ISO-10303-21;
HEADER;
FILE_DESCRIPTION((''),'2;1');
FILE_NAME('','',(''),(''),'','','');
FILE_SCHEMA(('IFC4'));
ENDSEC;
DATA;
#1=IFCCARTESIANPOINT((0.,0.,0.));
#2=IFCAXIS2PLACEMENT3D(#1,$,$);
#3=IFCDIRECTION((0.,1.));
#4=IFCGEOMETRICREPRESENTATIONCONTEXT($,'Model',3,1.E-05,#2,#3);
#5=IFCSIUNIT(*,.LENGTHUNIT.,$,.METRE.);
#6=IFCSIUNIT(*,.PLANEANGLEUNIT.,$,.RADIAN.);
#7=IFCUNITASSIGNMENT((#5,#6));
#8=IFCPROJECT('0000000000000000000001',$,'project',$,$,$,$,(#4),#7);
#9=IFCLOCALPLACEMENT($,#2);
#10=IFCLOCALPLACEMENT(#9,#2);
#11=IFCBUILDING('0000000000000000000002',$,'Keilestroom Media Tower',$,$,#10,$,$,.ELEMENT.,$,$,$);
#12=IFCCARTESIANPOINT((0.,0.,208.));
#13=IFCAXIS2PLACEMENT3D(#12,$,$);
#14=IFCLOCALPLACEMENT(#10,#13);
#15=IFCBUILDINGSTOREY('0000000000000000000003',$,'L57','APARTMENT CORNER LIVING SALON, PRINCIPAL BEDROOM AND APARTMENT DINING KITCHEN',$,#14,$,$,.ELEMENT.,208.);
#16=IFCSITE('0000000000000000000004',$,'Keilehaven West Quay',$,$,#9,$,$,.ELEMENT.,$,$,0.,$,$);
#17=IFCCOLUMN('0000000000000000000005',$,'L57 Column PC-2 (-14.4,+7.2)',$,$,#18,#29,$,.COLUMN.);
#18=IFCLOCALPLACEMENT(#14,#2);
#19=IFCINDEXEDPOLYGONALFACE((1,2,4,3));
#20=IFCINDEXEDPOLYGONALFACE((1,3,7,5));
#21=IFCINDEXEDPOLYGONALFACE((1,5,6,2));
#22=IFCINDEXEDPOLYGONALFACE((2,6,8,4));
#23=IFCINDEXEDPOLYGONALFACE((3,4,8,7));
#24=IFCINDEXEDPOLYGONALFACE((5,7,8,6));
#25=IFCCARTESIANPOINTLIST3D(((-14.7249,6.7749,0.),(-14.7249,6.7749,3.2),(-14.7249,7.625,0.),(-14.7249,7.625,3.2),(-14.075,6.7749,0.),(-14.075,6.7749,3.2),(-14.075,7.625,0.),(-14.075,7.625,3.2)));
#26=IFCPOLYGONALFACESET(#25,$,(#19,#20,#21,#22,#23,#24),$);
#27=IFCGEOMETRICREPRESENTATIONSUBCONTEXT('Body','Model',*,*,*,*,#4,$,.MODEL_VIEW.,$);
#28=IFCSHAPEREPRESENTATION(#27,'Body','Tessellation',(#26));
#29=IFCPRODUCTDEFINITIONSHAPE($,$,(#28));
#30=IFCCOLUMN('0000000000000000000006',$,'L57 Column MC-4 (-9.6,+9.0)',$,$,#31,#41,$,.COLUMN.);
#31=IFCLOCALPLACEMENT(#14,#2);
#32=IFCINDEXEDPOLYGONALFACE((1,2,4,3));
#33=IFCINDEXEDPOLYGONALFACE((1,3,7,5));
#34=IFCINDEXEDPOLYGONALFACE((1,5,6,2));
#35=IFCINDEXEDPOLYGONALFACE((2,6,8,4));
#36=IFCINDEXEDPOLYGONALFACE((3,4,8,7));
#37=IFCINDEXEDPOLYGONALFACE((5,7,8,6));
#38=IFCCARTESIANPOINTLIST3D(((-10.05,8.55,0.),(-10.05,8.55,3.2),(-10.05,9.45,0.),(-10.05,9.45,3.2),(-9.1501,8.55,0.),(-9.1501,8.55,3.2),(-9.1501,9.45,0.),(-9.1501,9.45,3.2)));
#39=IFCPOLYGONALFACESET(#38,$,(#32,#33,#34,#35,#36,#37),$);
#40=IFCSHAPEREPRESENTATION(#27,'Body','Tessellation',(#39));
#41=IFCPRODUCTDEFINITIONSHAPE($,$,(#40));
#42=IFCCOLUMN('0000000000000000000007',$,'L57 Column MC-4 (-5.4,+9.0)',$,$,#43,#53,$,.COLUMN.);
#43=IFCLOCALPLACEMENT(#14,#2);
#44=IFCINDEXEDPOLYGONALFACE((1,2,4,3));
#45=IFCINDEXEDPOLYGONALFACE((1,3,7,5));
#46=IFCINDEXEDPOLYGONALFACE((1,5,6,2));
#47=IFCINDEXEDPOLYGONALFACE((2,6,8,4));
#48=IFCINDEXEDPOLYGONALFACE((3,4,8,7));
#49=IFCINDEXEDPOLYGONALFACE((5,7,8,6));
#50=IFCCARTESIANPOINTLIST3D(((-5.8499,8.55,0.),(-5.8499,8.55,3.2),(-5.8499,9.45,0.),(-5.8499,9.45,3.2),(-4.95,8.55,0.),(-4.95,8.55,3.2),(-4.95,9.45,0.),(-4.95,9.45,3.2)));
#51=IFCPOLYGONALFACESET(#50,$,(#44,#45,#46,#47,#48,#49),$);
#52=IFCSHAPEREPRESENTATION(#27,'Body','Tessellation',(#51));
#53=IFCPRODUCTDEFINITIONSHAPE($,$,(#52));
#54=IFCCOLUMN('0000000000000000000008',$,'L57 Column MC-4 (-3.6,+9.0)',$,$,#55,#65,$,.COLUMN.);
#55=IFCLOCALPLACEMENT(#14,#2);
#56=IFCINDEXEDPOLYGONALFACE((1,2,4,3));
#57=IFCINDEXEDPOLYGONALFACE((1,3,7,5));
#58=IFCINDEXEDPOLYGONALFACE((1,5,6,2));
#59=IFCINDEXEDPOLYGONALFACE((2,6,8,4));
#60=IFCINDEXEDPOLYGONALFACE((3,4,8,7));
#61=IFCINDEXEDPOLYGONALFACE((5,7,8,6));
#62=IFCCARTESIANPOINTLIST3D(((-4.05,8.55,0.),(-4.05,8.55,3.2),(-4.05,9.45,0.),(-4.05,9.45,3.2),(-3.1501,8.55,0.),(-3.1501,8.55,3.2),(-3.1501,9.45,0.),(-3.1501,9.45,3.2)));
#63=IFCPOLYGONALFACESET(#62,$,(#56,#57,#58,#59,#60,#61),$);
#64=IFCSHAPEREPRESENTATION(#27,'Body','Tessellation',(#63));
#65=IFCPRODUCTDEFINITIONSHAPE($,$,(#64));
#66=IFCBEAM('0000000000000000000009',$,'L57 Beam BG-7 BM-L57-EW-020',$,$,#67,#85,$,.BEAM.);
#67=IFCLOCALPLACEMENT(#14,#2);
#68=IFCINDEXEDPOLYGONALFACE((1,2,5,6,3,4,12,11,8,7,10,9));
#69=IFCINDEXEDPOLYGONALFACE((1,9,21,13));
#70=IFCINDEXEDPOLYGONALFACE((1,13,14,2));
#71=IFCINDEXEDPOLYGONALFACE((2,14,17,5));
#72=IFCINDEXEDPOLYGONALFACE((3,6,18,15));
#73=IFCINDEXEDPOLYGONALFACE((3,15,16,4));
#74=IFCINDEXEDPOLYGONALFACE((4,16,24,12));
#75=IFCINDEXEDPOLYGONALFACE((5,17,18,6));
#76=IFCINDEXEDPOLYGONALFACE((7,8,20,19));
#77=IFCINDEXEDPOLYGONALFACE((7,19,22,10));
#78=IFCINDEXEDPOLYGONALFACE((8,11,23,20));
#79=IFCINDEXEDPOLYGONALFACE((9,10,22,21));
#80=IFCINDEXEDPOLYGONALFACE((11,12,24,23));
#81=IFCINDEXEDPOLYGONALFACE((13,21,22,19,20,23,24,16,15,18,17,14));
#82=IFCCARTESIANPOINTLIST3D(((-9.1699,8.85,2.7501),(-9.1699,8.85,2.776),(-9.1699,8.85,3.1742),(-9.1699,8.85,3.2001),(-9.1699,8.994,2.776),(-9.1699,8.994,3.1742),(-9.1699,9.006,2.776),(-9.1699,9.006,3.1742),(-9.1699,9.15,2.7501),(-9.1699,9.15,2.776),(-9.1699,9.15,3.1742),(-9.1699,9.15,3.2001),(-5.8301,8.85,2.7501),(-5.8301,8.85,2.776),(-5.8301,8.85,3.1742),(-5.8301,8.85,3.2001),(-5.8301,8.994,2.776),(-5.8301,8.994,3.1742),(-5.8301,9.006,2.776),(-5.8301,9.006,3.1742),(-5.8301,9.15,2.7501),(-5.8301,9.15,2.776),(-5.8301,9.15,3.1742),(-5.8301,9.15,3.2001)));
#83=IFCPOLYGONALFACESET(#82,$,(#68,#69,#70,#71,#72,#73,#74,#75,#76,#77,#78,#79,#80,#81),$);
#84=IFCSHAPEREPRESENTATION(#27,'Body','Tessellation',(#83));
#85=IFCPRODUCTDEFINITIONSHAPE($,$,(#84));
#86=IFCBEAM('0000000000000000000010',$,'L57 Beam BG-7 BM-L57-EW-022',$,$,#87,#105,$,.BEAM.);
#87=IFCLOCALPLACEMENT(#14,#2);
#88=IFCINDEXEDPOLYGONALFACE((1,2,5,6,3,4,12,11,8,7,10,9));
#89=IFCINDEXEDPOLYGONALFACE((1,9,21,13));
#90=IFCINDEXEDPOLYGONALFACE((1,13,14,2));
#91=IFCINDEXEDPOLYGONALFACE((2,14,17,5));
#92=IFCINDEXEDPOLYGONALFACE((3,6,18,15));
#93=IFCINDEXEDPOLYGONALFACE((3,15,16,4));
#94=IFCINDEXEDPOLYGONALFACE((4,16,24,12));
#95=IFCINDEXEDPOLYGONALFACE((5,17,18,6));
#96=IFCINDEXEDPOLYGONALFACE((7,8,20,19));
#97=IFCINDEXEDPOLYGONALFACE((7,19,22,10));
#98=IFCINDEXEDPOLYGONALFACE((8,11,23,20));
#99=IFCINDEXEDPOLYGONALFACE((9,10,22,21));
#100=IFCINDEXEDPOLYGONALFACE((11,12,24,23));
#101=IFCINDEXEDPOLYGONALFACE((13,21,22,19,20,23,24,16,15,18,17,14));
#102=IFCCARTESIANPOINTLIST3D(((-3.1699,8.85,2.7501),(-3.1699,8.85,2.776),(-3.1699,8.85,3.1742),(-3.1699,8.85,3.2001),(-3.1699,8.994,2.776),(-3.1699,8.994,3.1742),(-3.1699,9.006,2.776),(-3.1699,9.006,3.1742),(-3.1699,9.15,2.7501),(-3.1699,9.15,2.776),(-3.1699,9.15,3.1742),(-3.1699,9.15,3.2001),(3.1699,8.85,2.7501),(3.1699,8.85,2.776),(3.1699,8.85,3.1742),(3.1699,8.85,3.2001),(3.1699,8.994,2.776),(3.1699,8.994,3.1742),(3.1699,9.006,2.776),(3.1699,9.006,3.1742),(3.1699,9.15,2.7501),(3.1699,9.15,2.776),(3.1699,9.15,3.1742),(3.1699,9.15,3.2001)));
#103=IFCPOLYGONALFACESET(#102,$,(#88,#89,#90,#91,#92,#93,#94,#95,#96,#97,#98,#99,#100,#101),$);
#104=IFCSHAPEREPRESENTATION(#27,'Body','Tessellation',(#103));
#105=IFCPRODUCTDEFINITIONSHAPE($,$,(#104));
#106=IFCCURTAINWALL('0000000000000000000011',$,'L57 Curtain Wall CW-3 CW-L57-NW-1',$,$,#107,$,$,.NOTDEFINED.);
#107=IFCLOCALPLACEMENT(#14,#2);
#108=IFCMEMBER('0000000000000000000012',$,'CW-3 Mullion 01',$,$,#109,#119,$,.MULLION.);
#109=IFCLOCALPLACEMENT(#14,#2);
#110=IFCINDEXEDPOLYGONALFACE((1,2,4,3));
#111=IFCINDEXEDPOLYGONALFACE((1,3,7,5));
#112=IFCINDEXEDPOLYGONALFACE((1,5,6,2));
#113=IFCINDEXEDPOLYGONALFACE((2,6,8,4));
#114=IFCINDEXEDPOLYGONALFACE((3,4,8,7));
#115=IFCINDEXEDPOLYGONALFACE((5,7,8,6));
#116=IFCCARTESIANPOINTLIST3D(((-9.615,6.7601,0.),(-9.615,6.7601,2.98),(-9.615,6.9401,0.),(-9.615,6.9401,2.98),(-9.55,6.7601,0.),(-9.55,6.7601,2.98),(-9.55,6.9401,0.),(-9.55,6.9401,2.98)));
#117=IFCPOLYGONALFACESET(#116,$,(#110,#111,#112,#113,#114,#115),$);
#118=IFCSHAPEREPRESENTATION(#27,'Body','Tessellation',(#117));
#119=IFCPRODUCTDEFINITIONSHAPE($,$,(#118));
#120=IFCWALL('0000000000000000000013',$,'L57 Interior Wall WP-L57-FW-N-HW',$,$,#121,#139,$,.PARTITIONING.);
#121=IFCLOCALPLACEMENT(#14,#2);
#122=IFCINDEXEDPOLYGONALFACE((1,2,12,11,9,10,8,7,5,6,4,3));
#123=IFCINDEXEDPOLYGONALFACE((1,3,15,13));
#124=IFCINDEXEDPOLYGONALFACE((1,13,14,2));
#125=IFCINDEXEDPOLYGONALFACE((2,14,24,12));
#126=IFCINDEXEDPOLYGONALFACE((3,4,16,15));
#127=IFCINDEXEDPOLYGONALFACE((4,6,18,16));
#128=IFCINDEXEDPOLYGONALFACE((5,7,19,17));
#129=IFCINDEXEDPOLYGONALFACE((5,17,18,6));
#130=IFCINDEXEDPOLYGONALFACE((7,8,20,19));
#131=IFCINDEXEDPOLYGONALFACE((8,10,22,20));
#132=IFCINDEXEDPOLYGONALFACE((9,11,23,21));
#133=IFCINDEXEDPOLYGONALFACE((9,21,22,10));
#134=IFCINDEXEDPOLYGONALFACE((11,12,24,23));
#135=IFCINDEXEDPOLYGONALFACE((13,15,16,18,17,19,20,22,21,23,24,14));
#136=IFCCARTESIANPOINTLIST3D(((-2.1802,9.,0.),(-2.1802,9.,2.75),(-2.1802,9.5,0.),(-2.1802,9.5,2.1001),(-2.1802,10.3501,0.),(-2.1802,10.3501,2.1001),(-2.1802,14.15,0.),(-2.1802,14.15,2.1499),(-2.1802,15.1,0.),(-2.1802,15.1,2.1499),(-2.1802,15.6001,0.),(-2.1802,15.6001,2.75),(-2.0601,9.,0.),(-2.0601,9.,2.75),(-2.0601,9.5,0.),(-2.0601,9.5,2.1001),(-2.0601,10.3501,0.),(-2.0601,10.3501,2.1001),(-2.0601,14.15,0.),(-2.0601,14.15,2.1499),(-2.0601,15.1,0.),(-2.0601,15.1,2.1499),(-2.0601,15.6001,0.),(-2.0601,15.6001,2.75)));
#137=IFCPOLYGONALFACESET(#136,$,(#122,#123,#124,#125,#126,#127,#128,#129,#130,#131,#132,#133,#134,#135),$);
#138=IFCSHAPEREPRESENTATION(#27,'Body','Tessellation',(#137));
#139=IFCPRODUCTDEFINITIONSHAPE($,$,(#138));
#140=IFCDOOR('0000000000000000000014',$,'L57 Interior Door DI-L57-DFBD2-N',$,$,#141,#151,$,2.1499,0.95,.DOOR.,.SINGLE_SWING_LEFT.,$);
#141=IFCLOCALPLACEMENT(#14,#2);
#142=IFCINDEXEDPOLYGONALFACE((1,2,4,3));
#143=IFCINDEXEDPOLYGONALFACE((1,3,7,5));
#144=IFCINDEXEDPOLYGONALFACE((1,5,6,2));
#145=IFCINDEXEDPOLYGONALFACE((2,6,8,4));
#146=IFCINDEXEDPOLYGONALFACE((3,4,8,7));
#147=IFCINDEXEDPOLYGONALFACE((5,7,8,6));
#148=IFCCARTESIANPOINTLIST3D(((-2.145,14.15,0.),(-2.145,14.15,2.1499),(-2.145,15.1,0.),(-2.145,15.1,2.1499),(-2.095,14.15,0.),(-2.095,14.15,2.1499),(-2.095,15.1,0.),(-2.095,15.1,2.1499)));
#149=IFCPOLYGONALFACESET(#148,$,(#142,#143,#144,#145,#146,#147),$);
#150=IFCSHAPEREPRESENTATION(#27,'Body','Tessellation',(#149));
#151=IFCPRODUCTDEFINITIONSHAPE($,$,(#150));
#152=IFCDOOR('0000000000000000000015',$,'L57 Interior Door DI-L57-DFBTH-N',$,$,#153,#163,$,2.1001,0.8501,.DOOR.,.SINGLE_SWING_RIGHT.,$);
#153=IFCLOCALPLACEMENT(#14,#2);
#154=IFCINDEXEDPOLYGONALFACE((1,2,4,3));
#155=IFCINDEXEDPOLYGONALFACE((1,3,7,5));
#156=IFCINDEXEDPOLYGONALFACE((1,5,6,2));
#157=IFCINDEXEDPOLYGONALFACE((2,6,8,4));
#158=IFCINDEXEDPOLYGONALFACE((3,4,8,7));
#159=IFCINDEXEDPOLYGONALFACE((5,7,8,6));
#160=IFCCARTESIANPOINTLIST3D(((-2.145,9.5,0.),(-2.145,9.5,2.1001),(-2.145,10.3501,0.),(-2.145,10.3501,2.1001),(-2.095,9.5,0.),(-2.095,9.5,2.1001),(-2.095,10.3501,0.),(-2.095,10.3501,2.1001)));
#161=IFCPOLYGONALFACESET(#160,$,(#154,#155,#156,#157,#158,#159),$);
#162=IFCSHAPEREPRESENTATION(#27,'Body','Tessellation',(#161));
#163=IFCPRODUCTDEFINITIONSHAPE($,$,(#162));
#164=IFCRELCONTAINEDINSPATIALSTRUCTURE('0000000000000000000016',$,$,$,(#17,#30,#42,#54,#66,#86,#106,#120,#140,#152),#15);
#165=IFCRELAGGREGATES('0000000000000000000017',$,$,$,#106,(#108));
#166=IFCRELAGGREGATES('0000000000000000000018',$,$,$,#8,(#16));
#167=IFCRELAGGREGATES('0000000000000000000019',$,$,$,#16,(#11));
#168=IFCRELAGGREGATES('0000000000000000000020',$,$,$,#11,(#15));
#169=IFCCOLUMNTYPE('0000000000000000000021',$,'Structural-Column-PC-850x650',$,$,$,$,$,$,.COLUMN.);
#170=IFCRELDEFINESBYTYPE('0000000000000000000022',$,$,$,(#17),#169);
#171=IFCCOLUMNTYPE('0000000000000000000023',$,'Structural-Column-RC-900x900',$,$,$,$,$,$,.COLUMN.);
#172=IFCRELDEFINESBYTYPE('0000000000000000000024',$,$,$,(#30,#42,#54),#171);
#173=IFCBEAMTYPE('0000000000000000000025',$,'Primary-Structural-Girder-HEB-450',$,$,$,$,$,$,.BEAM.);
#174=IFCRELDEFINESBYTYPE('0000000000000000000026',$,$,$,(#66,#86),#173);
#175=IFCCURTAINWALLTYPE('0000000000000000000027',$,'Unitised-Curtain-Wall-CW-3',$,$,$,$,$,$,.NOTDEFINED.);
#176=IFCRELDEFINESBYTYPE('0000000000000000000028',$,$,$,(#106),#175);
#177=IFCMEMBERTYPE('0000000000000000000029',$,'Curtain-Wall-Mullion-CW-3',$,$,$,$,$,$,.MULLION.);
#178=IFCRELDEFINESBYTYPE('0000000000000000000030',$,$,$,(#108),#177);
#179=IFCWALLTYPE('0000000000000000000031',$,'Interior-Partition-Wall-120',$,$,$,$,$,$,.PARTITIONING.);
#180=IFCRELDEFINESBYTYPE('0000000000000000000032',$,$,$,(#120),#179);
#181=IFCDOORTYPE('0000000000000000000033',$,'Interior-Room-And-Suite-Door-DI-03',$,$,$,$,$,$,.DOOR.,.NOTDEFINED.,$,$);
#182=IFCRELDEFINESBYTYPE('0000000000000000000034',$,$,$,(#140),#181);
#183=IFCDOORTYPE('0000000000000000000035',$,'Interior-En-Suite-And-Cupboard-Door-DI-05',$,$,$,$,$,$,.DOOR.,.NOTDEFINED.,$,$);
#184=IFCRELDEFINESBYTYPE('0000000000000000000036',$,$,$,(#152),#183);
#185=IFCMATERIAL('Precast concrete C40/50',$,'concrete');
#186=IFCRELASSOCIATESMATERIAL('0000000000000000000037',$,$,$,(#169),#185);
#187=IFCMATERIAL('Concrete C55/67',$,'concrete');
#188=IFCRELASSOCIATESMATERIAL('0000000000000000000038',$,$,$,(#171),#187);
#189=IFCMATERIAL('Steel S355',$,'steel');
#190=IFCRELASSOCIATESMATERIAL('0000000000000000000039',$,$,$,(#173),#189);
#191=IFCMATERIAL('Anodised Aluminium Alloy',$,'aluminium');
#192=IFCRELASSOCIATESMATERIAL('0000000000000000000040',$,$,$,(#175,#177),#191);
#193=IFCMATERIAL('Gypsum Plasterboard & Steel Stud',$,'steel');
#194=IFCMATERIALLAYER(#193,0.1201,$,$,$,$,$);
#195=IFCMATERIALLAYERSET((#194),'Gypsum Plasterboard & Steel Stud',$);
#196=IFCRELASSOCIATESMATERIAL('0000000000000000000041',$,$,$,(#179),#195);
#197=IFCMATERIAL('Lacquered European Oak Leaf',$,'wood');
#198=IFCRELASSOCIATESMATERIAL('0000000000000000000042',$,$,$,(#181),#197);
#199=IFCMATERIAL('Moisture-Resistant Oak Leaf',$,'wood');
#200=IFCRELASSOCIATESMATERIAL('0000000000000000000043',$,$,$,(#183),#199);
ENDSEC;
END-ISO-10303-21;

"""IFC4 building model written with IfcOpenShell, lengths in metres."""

from ifc_helpers import new_model, si_unit, direction, frame, frame_2d, origin, origin_2d, place, context, subcontext, project, spatial, rectangle, i_section, extrude, source, transform, mapped, material, layer, layer_set, material_profile, profile_set, type_object, element, fill, aggregate, save


model = new_model("IFC4")

# Units and contexts
model_context = context("Model", 3, precision=1e-05, world=origin(), true_north=direction((0.0, 1.0)))
body_context = subcontext(model_context, "Body", "Model", "MODEL_VIEW")
ifc_project = project(units=[si_unit("LENGTHUNIT", "METRE"), si_unit("PLANEANGLEUNIT", "RADIAN")], contexts=[model_context])

# Site, building, storey
site_placement = place(None, origin())
site = spatial("IfcSite", under=ifc_project, at=site_placement, Name="Keilehaven West Quay", CompositionType="ELEMENT", RefElevation=0.0)
building_placement = place(site_placement, origin())
building = spatial("IfcBuilding", under=site, at=building_placement, Name="Keilestroom Media Tower", CompositionType="ELEMENT")
storey_placement = place(building_placement, frame((0.0, 0.0, 208.0)))
storey = spatial("IfcBuildingStorey", under=building, at=storey_placement, Name="L57", Description="APARTMENT CORNER LIVING SALON, PRINCIPAL BEDROOM AND APARTMENT DINING KITCHEN", CompositionType="ELEMENT", Elevation=208.0)

# Columns
ifc_material_1 = material(Name="Precast concrete C40/50", Category="concrete")
ifc_material_profile_1 = material_profile(ifc_material_1, rectangle(XDim=0.6499, YDim=0.8501, at=origin_2d()), Name="PC 850x650")
ifc_profile_set_1 = profile_set([ifc_material_profile_1], Name="Precast concrete C40/50")
column_type_1 = type_object("IfcColumnType", Name="Structural-Column-PC-850x650", PredefinedType="COLUMN", material=ifc_profile_set_1)
shared_shape_1 = source(origin(), body_context, "Body", "SweptSolid", [
    extrude(rectangle(XDim=0.6499, YDim=0.8501, at=origin_2d()), origin(), (0.0, 0.0, 1.0), 3.2),
])
column_placement = place(storey_placement, frame((-14.3999, 7.2, 0.0), z_axis=(0.0, 0.0, 1.0), x_axis=(1.0, 0.0, 0.0)))
element("IfcColumn", 1, at=column_placement, inside=storey, type_object=column_type_1, Name="L57 Column PC-2 (-14.4,+7.2)", PredefinedType="COLUMN", context=body_context, shape_type="MappedRepresentation", body=[
    mapped(shared_shape_1, transform((0.0, 0.0, 0.0), x_axis=(1.0, 0.0, 0.0), y_axis=(0.0, 1.0, 0.0), z_axis=(0.0, 0.0, 1.0), scale=1.0)),
])
ifc_material_2 = material(Name="Concrete C55/67", Category="concrete")
ifc_material_profile_2 = material_profile(ifc_material_2, rectangle(XDim=0.8999, YDim=0.8999, at=origin_2d()), Name="RC 900x900")
ifc_profile_set_2 = profile_set([ifc_material_profile_2], Name="Concrete C55/67")
column_type_2 = type_object("IfcColumnType", Name="Structural-Column-RC-900x900", PredefinedType="COLUMN", material=ifc_profile_set_2)
shared_shape_2 = source(origin(), body_context, "Body", "SweptSolid", [
    extrude(rectangle(XDim=0.8999, YDim=0.8999, at=origin_2d()), origin(), (0.0, 0.0, 1.0), 3.2),
])
for number, where, z_axis, x_axis, name in (
    (2, (-9.6001, 9.0, 0.0), (0.0, 0.0, 1.0), (1.0, 0.0, 0.0), "L57 Column MC-4 (-9.6,+9.0)"),
    (3, (-5.3999, 9.0, 0.0), (0.0, 0.0, 1.0), (1.0, 0.0, 0.0), "L57 Column MC-4 (-5.4,+9.0)"),
    (4, (-3.6001, 9.0, 0.0), (0.0, 0.0, 1.0), (1.0, 0.0, 0.0), "L57 Column MC-4 (-3.6,+9.0)"),
):
    element("IfcColumn", number, at=place(storey_placement, frame(where, z_axis=z_axis, x_axis=x_axis)), inside=storey, type_object=column_type_2, Name=name, PredefinedType="COLUMN", context=body_context, shape_type="MappedRepresentation", body=[
        mapped(shared_shape_2, transform((0.0, 0.0, 0.0), x_axis=(1.0, 0.0, 0.0), y_axis=(0.0, 1.0, 0.0), z_axis=(0.0, 0.0, 1.0), scale=1.0)),
    ])

# Beams
ifc_material_3 = material(Name="Steel S355", Category="steel")
ifc_material_profile_3 = material_profile(ifc_material_3, i_section(OverallWidth=0.3, OverallDepth=0.45, WebThickness=0.012, FlangeThickness=0.0259, at=origin_2d()), Name="HEB 450")
ifc_profile_set_3 = profile_set([ifc_material_profile_3], Name="Steel S355")
beam_type = type_object("IfcBeamType", Name="Primary-Structural-Girder-HEB-450", PredefinedType="BEAM", material=ifc_profile_set_3)
shared_shape_3 = source(origin(), body_context, "Body", "SweptSolid", [
    extrude(i_section(OverallWidth=0.3, OverallDepth=0.45, WebThickness=0.012, FlangeThickness=0.0259, at=origin_2d()), origin(), (0.0, 0.0, 1.0), 3.3398),
])
beam_1_placement = place(storey_placement, frame((-9.1699, 9.0, 2.9751), z_axis=(1.0, 0.0, 0.0), x_axis=(0.0, 1.0, 0.0)))
element("IfcBeam", 5, at=beam_1_placement, inside=storey, type_object=beam_type, Name="L57 Beam BG-7 BM-L57-EW-020", PredefinedType="BEAM", context=body_context, shape_type="MappedRepresentation", body=[
    mapped(shared_shape_3, transform((0.0, 0.0, 0.0), x_axis=(1.0, 0.0, 0.0), y_axis=(0.0, 1.0, 0.0), z_axis=(0.0, 0.0, 1.0), scale=1.0)),
])
shared_shape_4 = source(origin(), body_context, "Body", "SweptSolid", [
    extrude(i_section(OverallWidth=0.3, OverallDepth=0.45, WebThickness=0.012, FlangeThickness=0.0259, at=origin_2d()), origin(), (0.0, 0.0, 1.0), 6.3398),
])
beam_2_placement = place(storey_placement, frame((-3.1699, 9.0, 2.9751), z_axis=(1.0, 0.0, 0.0), x_axis=(0.0, 1.0, 0.0)))
element("IfcBeam", 6, at=beam_2_placement, inside=storey, type_object=beam_type, Name="L57 Beam BG-7 BM-L57-EW-022", PredefinedType="BEAM", context=body_context, shape_type="MappedRepresentation", body=[
    mapped(shared_shape_4, transform((0.0, 0.0, 0.0), x_axis=(1.0, 0.0, 0.0), y_axis=(0.0, 1.0, 0.0), z_axis=(0.0, 0.0, 1.0), scale=1.0)),
])

# Curtain wall, member
ifc_material_4 = material(Name="Anodised Aluminium Alloy", Category="aluminium")
curtain_wall_type = type_object("IfcCurtainWallType", Name="Unitised-Curtain-Wall-CW-3", PredefinedType="NOTDEFINED", material=ifc_material_4)
curtain_wall_placement = place(storey_placement, origin())
curtain_wall = element("IfcCurtainWall", 7, at=curtain_wall_placement, inside=storey, type_object=curtain_wall_type, Name="L57 Curtain Wall CW-3 CW-L57-NW-1", PredefinedType="NOTDEFINED")
ifc_material_profile_4 = material_profile(ifc_material_4, rectangle(XDim=0.0649, YDim=0.1799, at=origin_2d()), Name="ALU MULLION 65x180")
ifc_profile_set_4 = profile_set([ifc_material_profile_4], Name="Anodised Aluminium Alloy")
member_type = type_object("IfcMemberType", Name="Curtain-Wall-Mullion-CW-3", PredefinedType="MULLION", material=ifc_profile_set_4)
shared_shape_5 = source(origin(), body_context, "Body", "SweptSolid", [
    extrude(rectangle(XDim=0.0649, YDim=0.1799, at=origin_2d()), origin(), (0.0, 0.0, 1.0), 2.98),
])
member_placement = place(storey_placement, frame((-9.5825, 6.8501, 0.0), z_axis=(0.0, 0.0, 1.0), x_axis=(1.0, 0.0, 0.0)))
member = element("IfcMember", 8, at=member_placement, type_object=member_type, Name="CW-3 Mullion 01", PredefinedType="MULLION", context=body_context, shape_type="MappedRepresentation", body=[
    mapped(shared_shape_5, transform((0.0, 0.0, 0.0), x_axis=(1.0, 0.0, 0.0), y_axis=(0.0, 1.0, 0.0), z_axis=(0.0, 0.0, 1.0), scale=1.0)),
])
aggregate(curtain_wall, [member])

# Wall, openings, doors
ifc_material_5 = material(Name="Gypsum Plasterboard & Steel Stud", Category="steel")
ifc_layer_1 = layer(ifc_material_5, 0.1201)
ifc_layer_set_1 = layer_set([ifc_layer_1], Name="Gypsum Plasterboard & Steel Stud")
wall_type_1 = type_object("IfcWallType", Name="Interior-Partition-Wall-120", PredefinedType="PARTITIONING", material=ifc_layer_set_1)
wall_1_placement = place(storey_placement, frame((-2.1201, 9.0, 0.0), z_axis=(0.0, 0.0, 1.0), x_axis=(0.0, 1.0, 0.0)))
wall_1 = element("IfcWall", 9, at=wall_1_placement, inside=storey, type_object=wall_type_1, Name="L57 Interior Wall WP-L57-FW-N-HW", PredefinedType="PARTITIONING", context=body_context, shape_type="SweptSolid", body=[
    extrude(rectangle(XDim=6.6001, YDim=0.1201, at=frame_2d((3.3, 0.0))), origin(), (0.0, 0.0, 1.0), 2.75),
])
opening_1_placement = place(wall_1_placement, frame((0.5, 0.0, 0.0)))
opening_1 = element("IfcOpeningElement", 10, at=opening_1_placement, cuts=wall_1, PredefinedType="OPENING", context=body_context, shape_type="SweptSolid", body=[
    extrude(rectangle(XDim=0.8501, YDim=2.1001, at=frame_2d((0.425, 1.05))), frame((0.0, 0.0701, 0.0), z_axis=(0.0, -1.0, 0.0), x_axis=(1.0, 0.0, 0.0)), (0.0, 0.0, 1.0), 0.1401),
])
opening_2_placement = place(wall_1_placement, frame((5.1499, 0.0, 0.0)))
opening_2 = element("IfcOpeningElement", 11, at=opening_2_placement, cuts=wall_1, PredefinedType="OPENING", context=body_context, shape_type="SweptSolid", body=[
    extrude(rectangle(XDim=0.95, YDim=2.1499, at=frame_2d((0.4751, 1.075))), frame((0.0, 0.0701, 0.0), z_axis=(0.0, -1.0, 0.0), x_axis=(1.0, 0.0, 0.0)), (0.0, 0.0, 1.0), 0.1401),
])
ifc_material_6 = material(Name="Lacquered European Oak Leaf", Category="wood")
door_type_1 = type_object("IfcDoorType", Name="Interior-Room-And-Suite-Door-DI-03", OperationType="NOTDEFINED", PredefinedType="DOOR", material=ifc_material_6)
shared_shape_6 = source(origin(), body_context, "Body", "SweptSolid", [
    extrude(rectangle(XDim=0.95, YDim=2.1499, at=frame_2d((0.4751, 1.075))), frame((0.0, 0.0249, 0.0), z_axis=(0.0, -1.0, 0.0), x_axis=(1.0, 0.0, 0.0)), (0.0, 0.0, 1.0), 0.05),
])
door_1_placement = place(opening_2_placement, origin())
door_1 = element("IfcDoor", 12, at=door_1_placement, inside=storey, type_object=door_type_1, Name="L57 Interior Door DI-L57-DFBD2-N", OperationType="SINGLE_SWING_LEFT", OverallHeight=2.1499, OverallWidth=0.95, PredefinedType="DOOR", context=body_context, shape_type="MappedRepresentation", body=[
    mapped(shared_shape_6, transform((0.0, 0.0, 0.0), x_axis=(1.0, 0.0, 0.0), y_axis=(0.0, 1.0, 0.0), z_axis=(0.0, 0.0, 1.0), scale=1.0)),
])
fill(opening_2, door_1)
ifc_material_7 = material(Name="Moisture-Resistant Oak Leaf", Category="wood")
door_type_2 = type_object("IfcDoorType", Name="Interior-En-Suite-And-Cupboard-Door-DI-05", OperationType="NOTDEFINED", PredefinedType="DOOR", material=ifc_material_7)
shared_shape_7 = source(origin(), body_context, "Body", "SweptSolid", [
    extrude(rectangle(XDim=0.8501, YDim=2.1001, at=frame_2d((0.425, 1.05))), frame((0.0, 0.0249, 0.0), z_axis=(0.0, -1.0, 0.0), x_axis=(1.0, 0.0, 0.0)), (0.0, 0.0, 1.0), 0.05),
])
door_2_placement = place(opening_1_placement, origin())
door_2 = element("IfcDoor", 13, at=door_2_placement, inside=storey, type_object=door_type_2, Name="L57 Interior Door DI-L57-DFBTH-N", OperationType="SINGLE_SWING_RIGHT", OverallHeight=2.1001, OverallWidth=0.8501, PredefinedType="DOOR", context=body_context, shape_type="MappedRepresentation", body=[
    mapped(shared_shape_7, transform((0.0, 0.0, 0.0), x_axis=(1.0, 0.0, 0.0), y_axis=(0.0, 1.0, 0.0), z_axis=(0.0, 0.0, 1.0), scale=1.0)),
])
fill(opening_1, door_2)

save(model, "model.ifc")
